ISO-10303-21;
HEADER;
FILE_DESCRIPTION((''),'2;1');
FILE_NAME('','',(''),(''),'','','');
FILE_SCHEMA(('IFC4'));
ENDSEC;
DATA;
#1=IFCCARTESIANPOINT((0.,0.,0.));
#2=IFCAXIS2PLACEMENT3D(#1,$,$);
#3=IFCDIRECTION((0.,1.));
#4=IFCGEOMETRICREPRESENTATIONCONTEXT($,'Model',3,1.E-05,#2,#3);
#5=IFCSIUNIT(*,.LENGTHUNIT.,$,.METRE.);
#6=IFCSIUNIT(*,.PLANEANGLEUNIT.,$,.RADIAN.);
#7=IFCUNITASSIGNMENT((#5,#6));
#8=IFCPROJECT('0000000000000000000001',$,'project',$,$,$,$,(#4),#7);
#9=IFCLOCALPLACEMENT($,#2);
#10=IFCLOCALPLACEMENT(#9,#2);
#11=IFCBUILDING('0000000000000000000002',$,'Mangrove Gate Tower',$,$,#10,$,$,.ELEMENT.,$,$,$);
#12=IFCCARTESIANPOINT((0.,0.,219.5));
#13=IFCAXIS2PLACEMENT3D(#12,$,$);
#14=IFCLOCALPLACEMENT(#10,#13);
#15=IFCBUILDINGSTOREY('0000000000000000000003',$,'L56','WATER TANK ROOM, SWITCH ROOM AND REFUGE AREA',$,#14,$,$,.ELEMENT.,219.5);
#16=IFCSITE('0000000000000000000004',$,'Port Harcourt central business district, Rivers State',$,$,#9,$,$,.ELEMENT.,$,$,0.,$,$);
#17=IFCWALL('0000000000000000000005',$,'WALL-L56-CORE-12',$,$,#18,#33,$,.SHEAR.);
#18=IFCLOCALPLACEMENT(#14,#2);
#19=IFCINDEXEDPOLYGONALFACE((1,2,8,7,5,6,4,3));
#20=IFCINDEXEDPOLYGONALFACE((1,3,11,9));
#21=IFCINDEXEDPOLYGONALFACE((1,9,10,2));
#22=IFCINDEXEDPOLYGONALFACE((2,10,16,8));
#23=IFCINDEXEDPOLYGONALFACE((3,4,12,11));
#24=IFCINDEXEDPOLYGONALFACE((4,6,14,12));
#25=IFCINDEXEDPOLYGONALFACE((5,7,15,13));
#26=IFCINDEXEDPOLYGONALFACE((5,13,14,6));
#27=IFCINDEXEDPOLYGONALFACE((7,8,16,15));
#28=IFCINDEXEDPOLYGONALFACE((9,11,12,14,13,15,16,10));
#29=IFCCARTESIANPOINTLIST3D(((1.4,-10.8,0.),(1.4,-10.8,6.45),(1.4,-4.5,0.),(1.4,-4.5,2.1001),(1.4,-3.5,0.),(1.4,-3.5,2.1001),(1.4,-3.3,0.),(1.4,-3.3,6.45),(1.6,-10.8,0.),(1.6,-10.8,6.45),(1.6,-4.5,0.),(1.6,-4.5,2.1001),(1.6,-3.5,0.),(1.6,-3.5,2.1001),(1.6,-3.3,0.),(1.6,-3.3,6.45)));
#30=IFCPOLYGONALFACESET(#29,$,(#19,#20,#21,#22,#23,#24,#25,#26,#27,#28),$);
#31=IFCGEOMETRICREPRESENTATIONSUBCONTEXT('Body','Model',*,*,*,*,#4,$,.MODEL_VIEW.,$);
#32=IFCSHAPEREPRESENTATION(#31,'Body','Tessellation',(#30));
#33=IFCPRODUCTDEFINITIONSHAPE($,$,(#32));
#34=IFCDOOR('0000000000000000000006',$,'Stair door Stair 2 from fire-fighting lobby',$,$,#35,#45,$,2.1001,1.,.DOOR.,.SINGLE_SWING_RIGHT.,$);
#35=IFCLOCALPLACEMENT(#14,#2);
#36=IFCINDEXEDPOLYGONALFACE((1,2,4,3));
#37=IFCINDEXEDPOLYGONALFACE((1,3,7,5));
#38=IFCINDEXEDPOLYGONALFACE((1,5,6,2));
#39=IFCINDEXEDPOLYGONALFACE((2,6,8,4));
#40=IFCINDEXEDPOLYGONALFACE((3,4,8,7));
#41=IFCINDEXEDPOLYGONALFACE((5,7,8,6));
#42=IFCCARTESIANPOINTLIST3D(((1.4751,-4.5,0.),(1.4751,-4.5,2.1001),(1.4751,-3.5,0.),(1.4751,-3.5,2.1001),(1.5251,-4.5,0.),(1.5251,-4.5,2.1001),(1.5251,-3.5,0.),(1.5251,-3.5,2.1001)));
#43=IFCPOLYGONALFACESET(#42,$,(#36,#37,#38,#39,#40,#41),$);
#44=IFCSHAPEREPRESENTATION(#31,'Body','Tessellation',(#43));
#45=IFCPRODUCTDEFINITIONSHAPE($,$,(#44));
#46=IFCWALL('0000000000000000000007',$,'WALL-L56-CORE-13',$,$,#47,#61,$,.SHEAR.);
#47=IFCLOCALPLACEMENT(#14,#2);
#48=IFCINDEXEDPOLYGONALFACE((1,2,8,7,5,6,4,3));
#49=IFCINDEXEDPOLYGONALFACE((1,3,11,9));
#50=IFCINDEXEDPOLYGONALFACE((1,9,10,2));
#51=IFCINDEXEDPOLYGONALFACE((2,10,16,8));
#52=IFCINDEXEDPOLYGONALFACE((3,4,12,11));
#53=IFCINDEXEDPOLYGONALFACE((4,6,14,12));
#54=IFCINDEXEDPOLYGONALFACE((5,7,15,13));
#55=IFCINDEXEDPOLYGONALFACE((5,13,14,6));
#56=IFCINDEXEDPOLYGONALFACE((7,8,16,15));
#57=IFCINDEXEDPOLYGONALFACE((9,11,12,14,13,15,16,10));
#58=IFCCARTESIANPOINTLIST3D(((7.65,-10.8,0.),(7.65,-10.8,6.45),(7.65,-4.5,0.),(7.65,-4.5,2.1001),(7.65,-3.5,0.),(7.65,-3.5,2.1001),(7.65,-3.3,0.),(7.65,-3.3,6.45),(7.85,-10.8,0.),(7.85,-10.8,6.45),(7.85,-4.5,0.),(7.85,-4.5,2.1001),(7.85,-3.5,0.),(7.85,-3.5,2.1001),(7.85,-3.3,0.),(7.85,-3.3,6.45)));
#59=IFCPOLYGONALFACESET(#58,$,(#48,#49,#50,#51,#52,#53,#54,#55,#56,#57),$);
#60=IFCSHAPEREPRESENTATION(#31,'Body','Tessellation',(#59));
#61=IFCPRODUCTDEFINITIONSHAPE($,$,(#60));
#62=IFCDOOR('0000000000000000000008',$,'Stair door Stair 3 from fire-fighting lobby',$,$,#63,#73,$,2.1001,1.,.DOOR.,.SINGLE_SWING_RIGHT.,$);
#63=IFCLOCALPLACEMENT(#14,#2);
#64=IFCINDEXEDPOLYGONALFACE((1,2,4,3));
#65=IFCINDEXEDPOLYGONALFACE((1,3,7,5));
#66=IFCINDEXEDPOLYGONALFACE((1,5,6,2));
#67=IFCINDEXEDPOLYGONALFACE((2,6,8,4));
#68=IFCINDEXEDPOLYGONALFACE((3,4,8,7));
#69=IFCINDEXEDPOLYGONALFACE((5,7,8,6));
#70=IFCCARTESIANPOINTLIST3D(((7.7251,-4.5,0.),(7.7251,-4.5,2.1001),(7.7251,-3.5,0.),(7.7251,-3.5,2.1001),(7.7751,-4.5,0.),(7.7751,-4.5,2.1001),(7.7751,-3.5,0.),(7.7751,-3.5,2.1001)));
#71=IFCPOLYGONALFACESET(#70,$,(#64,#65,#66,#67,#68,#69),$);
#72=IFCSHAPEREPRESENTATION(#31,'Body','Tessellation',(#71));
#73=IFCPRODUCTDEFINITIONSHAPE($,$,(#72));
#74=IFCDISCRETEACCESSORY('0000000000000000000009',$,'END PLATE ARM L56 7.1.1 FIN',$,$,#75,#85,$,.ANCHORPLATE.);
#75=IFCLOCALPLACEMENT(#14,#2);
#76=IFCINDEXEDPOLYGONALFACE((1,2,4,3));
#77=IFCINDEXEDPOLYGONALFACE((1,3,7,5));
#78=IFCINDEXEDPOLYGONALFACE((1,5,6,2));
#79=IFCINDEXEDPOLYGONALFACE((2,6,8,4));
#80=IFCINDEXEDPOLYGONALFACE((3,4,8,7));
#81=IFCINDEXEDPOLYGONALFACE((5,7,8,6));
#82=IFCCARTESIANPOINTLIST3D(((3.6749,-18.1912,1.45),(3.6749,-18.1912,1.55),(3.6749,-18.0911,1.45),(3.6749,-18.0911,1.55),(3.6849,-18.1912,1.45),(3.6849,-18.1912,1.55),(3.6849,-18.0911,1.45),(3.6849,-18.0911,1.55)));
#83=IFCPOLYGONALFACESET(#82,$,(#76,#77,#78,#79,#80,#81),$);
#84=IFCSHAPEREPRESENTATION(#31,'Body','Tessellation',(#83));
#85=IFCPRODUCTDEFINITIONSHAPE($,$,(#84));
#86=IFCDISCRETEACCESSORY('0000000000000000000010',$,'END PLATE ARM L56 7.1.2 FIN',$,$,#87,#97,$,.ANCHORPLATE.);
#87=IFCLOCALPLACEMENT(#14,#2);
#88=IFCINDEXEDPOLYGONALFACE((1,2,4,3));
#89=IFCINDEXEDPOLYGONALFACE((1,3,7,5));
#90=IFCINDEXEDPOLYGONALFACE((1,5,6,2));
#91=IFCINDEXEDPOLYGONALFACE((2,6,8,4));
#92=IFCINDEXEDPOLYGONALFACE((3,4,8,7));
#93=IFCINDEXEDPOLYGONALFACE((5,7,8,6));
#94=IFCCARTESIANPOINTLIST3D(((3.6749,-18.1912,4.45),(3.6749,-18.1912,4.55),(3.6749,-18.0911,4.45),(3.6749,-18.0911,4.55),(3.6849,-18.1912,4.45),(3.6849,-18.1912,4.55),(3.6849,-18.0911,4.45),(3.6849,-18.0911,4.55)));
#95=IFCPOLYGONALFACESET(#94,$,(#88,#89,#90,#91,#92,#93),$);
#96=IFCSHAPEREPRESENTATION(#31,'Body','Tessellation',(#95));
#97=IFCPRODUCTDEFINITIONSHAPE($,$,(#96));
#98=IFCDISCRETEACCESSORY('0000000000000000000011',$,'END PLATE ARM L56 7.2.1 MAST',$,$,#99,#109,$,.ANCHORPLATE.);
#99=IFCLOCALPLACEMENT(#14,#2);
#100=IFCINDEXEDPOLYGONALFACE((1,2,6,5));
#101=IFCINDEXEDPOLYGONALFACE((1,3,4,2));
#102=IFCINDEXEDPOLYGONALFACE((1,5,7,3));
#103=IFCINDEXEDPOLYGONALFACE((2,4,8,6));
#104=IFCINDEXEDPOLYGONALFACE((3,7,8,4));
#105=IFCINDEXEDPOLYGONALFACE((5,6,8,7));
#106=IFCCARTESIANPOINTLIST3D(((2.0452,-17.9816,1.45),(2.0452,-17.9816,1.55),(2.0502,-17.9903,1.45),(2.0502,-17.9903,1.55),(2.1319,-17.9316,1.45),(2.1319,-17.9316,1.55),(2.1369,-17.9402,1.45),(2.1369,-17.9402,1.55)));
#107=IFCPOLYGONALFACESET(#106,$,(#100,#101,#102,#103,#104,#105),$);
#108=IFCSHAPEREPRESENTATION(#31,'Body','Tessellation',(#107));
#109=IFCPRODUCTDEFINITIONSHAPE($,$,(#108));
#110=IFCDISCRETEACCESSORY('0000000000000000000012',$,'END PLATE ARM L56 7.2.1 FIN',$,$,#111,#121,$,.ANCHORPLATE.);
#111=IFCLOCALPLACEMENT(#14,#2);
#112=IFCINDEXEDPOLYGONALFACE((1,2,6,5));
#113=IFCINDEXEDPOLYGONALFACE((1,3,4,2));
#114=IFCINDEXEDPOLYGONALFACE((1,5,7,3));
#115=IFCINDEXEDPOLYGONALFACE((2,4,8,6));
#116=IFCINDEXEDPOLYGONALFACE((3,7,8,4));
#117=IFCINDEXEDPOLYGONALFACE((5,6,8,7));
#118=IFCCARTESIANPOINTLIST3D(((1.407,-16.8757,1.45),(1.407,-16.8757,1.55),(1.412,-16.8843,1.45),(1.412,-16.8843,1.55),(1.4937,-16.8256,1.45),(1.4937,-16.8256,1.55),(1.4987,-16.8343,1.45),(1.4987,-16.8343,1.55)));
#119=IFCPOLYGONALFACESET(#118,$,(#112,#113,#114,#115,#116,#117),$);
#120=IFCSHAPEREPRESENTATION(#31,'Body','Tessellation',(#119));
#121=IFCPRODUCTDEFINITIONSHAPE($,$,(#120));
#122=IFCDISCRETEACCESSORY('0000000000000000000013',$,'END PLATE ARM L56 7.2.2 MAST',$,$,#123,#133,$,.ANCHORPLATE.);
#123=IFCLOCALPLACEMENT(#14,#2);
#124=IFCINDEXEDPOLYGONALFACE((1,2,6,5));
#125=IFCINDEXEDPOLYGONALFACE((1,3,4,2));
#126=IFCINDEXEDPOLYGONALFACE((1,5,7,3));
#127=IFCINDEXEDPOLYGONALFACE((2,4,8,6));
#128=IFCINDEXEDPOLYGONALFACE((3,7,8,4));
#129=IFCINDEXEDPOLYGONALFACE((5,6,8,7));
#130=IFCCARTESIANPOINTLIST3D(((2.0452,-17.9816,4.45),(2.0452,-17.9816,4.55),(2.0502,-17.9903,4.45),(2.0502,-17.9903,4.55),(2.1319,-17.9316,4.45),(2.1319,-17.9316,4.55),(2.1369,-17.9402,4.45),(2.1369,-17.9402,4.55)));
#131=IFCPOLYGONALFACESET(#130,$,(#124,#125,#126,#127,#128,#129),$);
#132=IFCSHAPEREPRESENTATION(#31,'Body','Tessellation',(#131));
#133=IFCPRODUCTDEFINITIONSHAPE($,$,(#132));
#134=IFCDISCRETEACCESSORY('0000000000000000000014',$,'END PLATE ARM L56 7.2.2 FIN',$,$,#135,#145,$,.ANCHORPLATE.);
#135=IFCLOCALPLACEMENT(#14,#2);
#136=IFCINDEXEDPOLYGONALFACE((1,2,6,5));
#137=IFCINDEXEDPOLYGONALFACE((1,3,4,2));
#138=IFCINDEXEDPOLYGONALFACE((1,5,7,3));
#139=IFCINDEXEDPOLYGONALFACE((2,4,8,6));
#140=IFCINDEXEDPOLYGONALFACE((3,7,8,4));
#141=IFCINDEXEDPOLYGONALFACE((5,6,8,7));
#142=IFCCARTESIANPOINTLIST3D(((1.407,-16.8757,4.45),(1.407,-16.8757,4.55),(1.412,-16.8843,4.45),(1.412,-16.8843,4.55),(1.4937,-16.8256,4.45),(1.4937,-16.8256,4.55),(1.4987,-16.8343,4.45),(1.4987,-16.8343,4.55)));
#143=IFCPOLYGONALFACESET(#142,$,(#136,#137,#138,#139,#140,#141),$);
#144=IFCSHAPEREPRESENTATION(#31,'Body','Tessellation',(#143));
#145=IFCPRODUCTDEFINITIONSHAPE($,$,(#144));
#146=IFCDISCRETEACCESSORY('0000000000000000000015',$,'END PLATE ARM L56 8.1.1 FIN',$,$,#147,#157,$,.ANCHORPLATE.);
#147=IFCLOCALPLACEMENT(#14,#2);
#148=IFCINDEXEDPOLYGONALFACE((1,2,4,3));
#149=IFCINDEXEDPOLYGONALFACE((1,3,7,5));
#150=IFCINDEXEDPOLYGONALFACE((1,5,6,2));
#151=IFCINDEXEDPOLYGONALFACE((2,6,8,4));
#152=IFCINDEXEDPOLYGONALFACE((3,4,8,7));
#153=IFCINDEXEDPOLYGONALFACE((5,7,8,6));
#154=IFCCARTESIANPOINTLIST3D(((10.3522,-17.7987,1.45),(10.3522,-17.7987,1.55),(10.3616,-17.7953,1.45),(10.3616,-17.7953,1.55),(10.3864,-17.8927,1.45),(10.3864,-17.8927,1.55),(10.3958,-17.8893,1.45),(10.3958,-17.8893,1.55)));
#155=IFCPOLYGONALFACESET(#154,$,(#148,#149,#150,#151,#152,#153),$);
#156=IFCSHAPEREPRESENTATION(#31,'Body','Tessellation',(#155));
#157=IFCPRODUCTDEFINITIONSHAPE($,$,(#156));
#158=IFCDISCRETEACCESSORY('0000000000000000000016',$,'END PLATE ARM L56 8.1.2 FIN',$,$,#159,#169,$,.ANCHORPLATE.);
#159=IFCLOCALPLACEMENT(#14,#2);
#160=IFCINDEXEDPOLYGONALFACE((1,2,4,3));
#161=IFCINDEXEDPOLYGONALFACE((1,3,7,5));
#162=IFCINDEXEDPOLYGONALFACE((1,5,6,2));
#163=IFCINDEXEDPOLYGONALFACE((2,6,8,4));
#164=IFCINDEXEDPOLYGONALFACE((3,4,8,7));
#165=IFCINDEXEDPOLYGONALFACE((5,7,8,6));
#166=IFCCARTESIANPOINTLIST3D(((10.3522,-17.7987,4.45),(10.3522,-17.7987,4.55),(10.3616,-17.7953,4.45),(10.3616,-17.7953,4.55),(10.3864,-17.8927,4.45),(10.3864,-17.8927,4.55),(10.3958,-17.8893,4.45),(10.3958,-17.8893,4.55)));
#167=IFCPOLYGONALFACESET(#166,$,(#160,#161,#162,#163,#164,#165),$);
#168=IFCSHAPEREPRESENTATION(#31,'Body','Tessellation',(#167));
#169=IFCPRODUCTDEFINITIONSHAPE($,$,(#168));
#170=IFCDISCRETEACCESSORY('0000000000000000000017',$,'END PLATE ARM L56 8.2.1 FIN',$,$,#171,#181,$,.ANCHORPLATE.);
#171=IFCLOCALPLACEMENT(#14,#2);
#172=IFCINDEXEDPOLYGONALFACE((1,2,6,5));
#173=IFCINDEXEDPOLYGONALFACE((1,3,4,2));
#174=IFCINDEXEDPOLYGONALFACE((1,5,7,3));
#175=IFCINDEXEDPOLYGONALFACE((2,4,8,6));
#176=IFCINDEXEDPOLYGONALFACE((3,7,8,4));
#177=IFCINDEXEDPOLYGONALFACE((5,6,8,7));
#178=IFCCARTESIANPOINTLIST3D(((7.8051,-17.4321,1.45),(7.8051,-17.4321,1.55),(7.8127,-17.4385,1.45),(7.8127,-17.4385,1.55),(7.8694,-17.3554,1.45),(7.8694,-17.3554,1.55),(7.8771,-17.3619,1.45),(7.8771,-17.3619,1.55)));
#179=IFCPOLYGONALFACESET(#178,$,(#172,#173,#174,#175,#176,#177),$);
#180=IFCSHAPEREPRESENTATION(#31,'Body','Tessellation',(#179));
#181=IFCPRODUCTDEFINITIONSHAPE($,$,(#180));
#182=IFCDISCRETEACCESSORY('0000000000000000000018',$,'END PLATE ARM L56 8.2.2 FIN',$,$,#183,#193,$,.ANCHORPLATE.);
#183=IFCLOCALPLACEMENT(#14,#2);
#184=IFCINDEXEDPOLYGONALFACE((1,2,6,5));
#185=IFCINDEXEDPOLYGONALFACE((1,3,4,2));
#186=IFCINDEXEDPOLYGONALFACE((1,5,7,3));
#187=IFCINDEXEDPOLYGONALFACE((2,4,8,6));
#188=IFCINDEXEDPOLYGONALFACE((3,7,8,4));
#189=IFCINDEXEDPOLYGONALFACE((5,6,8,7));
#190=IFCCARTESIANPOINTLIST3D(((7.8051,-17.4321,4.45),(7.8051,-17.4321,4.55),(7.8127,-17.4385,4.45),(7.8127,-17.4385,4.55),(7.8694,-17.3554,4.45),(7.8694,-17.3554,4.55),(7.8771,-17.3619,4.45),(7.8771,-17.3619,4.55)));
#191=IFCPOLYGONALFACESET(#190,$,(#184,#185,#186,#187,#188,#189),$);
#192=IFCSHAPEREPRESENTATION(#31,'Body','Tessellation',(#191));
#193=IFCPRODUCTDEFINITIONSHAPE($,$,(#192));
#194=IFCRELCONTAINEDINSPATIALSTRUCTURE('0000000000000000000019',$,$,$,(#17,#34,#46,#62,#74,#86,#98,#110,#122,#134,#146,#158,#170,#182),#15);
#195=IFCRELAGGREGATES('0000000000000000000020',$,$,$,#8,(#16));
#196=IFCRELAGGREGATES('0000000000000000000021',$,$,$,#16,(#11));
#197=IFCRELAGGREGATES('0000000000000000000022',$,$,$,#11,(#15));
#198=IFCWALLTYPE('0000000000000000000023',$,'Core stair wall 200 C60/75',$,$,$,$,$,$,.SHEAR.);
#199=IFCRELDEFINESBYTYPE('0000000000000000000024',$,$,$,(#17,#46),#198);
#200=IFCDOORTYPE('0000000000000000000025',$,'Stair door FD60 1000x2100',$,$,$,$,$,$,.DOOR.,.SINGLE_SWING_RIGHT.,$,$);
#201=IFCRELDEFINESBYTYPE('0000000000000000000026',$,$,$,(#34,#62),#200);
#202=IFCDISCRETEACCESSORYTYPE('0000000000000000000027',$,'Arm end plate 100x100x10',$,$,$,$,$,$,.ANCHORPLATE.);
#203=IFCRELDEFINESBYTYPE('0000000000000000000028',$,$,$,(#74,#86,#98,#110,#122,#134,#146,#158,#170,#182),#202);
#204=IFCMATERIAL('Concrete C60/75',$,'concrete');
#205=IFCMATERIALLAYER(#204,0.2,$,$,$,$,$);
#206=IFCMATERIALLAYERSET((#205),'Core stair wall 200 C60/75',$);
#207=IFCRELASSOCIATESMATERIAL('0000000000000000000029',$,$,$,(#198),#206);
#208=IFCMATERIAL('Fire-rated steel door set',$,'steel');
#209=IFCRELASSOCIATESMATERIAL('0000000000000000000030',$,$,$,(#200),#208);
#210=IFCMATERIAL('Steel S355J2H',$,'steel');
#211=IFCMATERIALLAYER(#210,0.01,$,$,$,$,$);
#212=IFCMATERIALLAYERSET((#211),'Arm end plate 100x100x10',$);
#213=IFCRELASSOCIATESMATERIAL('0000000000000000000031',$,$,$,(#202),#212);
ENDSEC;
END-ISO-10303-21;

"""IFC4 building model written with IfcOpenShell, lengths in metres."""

from ifc_helpers import new_model, si_unit, direction, frame, frame_2d, origin, origin_2d, place, context, subcontext, project, spatial, rectangle, extrude, material, layer, layer_set, type_object, element, fill, save


model = new_model("IFC4")

# Units and contexts
model_context = context("Model", 3, precision=1e-05, world=origin(), true_north=direction((0.0, 1.0)))
body_context = subcontext(model_context, "Body", "Model", "MODEL_VIEW")
ifc_project = project(units=[si_unit("LENGTHUNIT", "METRE"), si_unit("PLANEANGLEUNIT", "RADIAN")], contexts=[model_context])

# Site, building, storey
site_placement = place(None, origin())
site = spatial("IfcSite", under=ifc_project, at=site_placement, Name="Port Harcourt central business district, Rivers State", CompositionType="ELEMENT", RefElevation=0.0)
building_placement = place(site_placement, origin())
building = spatial("IfcBuilding", under=site, at=building_placement, Name="Mangrove Gate Tower", CompositionType="ELEMENT")
storey_placement = place(building_placement, frame((0.0, 0.0, 219.5)))
storey = spatial("IfcBuildingStorey", under=building, at=storey_placement, Name="L56", Description="WATER TANK ROOM, SWITCH ROOM AND REFUGE AREA", CompositionType="ELEMENT", Elevation=219.5)

# Walls, openings, doors
ifc_material_1 = material(Name="Concrete C60/75", Category="concrete")
ifc_layer_1 = layer(ifc_material_1, 0.2)
ifc_layer_set_1 = layer_set([ifc_layer_1], Name="Core stair wall 200 C60/75")
wall_type_1 = type_object("IfcWallType", Name="Core stair wall 200 C60/75", PredefinedType="SHEAR", material=ifc_layer_set_1)
wall_1_placement = place(storey_placement, frame((1.5, -10.8, 0.0), z_axis=(0.0, 0.0, 1.0), x_axis=(0.0, 1.0, 0.0)))
wall_1 = element("IfcWall", 1, at=wall_1_placement, inside=storey, type_object=wall_type_1, Name="WALL-L56-CORE-12", PredefinedType="SHEAR", context=body_context, shape_type="SweptSolid", body=[
    extrude(rectangle(XDim=7.5, YDim=0.2, at=frame_2d((3.75, 0.0))), origin(), (0.0, 0.0, 1.0), 6.45),
])
opening_1_placement = place(wall_1_placement, frame((6.3, 0.0, 0.0)))
opening_1 = element("IfcOpeningElement", 2, at=opening_1_placement, cuts=wall_1, PredefinedType="OPENING", context=body_context, shape_type="SweptSolid", body=[
    extrude(rectangle(XDim=1.0, YDim=2.1001, at=frame_2d((0.5, 1.05))), frame((0.0, 0.1099, 0.0), z_axis=(0.0, -1.0, 0.0), x_axis=(1.0, 0.0, 0.0)), (0.0, 0.0, 1.0), 0.22),
])
ifc_material_2 = material(Name="Fire-rated steel door set", Category="steel")
door_type = type_object("IfcDoorType", Name="Stair door FD60 1000x2100", OperationType="SINGLE_SWING_RIGHT", PredefinedType="DOOR", material=ifc_material_2)
door_1_placement = place(opening_1_placement, origin())
door_1 = element("IfcDoor", 3, at=door_1_placement, inside=storey, type_object=door_type, Name="Stair door Stair 2 from fire-fighting lobby", OperationType="SINGLE_SWING_RIGHT", OverallHeight=2.1001, OverallWidth=1.0, PredefinedType="DOOR", context=body_context, shape_type="SweptSolid", body=[
    extrude(rectangle(XDim=1.0, YDim=2.1001, at=frame_2d((0.5, 1.05))), frame((0.0, 0.0249, 0.0), z_axis=(0.0, -1.0, 0.0), x_axis=(1.0, 0.0, 0.0)), (0.0, 0.0, 1.0), 0.05),
])
fill(opening_1, door_1)
wall_2_placement = place(storey_placement, frame((7.75, -10.8, 0.0), z_axis=(0.0, 0.0, 1.0), x_axis=(0.0, 1.0, 0.0)))
wall_2 = element("IfcWall", 4, at=wall_2_placement, inside=storey, type_object=wall_type_1, Name="WALL-L56-CORE-13", PredefinedType="SHEAR", context=body_context, shape_type="SweptSolid", body=[
    extrude(rectangle(XDim=7.5, YDim=0.2, at=frame_2d((3.75, 0.0))), origin(), (0.0, 0.0, 1.0), 6.45),
])
opening_2_placement = place(wall_2_placement, frame((6.3, 0.0, 0.0)))
opening_2 = element("IfcOpeningElement", 5, at=opening_2_placement, cuts=wall_2, PredefinedType="OPENING", context=body_context, shape_type="SweptSolid", body=[
    extrude(rectangle(XDim=1.0, YDim=2.1001, at=frame_2d((0.5, 1.05))), frame((0.0, 0.1099, 0.0), z_axis=(0.0, -1.0, 0.0), x_axis=(1.0, 0.0, 0.0)), (0.0, 0.0, 1.0), 0.22),
])
door_2_placement = place(opening_2_placement, origin())
door_2 = element("IfcDoor", 6, at=door_2_placement, inside=storey, type_object=door_type, Name="Stair door Stair 3 from fire-fighting lobby", OperationType="SINGLE_SWING_RIGHT", OverallHeight=2.1001, OverallWidth=1.0, PredefinedType="DOOR", context=body_context, shape_type="SweptSolid", body=[
    extrude(rectangle(XDim=1.0, YDim=2.1001, at=frame_2d((0.5, 1.05))), frame((0.0, 0.0249, 0.0), z_axis=(0.0, -1.0, 0.0), x_axis=(1.0, 0.0, 0.0)), (0.0, 0.0, 1.0), 0.05),
])
fill(opening_2, door_2)

# Discrete accessories
ifc_material_3 = material(Name="Steel S355J2H", Category="steel")
ifc_layer_2 = layer(ifc_material_3, 0.01)
ifc_layer_set_2 = layer_set([ifc_layer_2], Name="Arm end plate 100x100x10")
discrete_accessory_type = type_object("IfcDiscreteAccessoryType", Name="Arm end plate 100x100x10", PredefinedType="ANCHORPLATE", material=ifc_layer_set_2)
for number, where, z_axis, x_axis, name in (
    (7, (3.6799, -18.1411, 1.45), (0.0, 0.0, 1.0), (1.0, 0.0, 0.0), "END PLATE ARM L56 7.1.1 FIN"),
    (8, (3.6799, -18.1411, 4.45), (0.0, 0.0, 1.0), (1.0, 0.0, 0.0), "END PLATE ARM L56 7.1.2 FIN"),
    (9, (2.0911, -17.9609, 1.45), (0.0, 0.0, 1.0), (-0.5, 0.866025, 0.0), "END PLATE ARM L56 7.2.1 MAST"),
    (10, (1.4529, -16.855, 1.45), (0.0, 0.0, 1.0), (-0.5, 0.866025, 0.0), "END PLATE ARM L56 7.2.1 FIN"),
    (11, (2.0911, -17.9609, 4.45), (0.0, 0.0, 1.0), (-0.5, 0.866025, 0.0), "END PLATE ARM L56 7.2.2 MAST"),
    (12, (1.4529, -16.855, 4.45), (0.0, 0.0, 1.0), (-0.5, 0.866025, 0.0), "END PLATE ARM L56 7.2.2 FIN"),
    (13, (10.374, -17.844, 1.45), (0.0, 0.0, 1.0), (0.939693, 0.34202, 0.0), "END PLATE ARM L56 8.1.1 FIN"),
    (14, (10.374, -17.844, 4.45), (0.0, 0.0, 1.0), (0.939693, 0.34202, 0.0), "END PLATE ARM L56 8.1.2 FIN"),
    (15, (7.8411, -17.397, 1.45), (0.0, 0.0, 1.0), (-0.766044, 0.642788, 0.0), "END PLATE ARM L56 8.2.1 FIN"),
    (16, (7.8411, -17.397, 4.45), (0.0, 0.0, 1.0), (-0.766044, 0.642788, 0.0), "END PLATE ARM L56 8.2.2 FIN"),
):
    element("IfcDiscreteAccessory", number, at=place(storey_placement, frame(where, z_axis=z_axis, x_axis=x_axis)), inside=storey, type_object=discrete_accessory_type, Name=name, PredefinedType="ANCHORPLATE", context=body_context, shape_type="SweptSolid", body=[
        extrude(rectangle(XDim=0.01, YDim=0.1001, at=origin_2d()), origin(), (0.0, 0.0, 1.0), 0.1001),
    ])

save(model, "model.ifc")
